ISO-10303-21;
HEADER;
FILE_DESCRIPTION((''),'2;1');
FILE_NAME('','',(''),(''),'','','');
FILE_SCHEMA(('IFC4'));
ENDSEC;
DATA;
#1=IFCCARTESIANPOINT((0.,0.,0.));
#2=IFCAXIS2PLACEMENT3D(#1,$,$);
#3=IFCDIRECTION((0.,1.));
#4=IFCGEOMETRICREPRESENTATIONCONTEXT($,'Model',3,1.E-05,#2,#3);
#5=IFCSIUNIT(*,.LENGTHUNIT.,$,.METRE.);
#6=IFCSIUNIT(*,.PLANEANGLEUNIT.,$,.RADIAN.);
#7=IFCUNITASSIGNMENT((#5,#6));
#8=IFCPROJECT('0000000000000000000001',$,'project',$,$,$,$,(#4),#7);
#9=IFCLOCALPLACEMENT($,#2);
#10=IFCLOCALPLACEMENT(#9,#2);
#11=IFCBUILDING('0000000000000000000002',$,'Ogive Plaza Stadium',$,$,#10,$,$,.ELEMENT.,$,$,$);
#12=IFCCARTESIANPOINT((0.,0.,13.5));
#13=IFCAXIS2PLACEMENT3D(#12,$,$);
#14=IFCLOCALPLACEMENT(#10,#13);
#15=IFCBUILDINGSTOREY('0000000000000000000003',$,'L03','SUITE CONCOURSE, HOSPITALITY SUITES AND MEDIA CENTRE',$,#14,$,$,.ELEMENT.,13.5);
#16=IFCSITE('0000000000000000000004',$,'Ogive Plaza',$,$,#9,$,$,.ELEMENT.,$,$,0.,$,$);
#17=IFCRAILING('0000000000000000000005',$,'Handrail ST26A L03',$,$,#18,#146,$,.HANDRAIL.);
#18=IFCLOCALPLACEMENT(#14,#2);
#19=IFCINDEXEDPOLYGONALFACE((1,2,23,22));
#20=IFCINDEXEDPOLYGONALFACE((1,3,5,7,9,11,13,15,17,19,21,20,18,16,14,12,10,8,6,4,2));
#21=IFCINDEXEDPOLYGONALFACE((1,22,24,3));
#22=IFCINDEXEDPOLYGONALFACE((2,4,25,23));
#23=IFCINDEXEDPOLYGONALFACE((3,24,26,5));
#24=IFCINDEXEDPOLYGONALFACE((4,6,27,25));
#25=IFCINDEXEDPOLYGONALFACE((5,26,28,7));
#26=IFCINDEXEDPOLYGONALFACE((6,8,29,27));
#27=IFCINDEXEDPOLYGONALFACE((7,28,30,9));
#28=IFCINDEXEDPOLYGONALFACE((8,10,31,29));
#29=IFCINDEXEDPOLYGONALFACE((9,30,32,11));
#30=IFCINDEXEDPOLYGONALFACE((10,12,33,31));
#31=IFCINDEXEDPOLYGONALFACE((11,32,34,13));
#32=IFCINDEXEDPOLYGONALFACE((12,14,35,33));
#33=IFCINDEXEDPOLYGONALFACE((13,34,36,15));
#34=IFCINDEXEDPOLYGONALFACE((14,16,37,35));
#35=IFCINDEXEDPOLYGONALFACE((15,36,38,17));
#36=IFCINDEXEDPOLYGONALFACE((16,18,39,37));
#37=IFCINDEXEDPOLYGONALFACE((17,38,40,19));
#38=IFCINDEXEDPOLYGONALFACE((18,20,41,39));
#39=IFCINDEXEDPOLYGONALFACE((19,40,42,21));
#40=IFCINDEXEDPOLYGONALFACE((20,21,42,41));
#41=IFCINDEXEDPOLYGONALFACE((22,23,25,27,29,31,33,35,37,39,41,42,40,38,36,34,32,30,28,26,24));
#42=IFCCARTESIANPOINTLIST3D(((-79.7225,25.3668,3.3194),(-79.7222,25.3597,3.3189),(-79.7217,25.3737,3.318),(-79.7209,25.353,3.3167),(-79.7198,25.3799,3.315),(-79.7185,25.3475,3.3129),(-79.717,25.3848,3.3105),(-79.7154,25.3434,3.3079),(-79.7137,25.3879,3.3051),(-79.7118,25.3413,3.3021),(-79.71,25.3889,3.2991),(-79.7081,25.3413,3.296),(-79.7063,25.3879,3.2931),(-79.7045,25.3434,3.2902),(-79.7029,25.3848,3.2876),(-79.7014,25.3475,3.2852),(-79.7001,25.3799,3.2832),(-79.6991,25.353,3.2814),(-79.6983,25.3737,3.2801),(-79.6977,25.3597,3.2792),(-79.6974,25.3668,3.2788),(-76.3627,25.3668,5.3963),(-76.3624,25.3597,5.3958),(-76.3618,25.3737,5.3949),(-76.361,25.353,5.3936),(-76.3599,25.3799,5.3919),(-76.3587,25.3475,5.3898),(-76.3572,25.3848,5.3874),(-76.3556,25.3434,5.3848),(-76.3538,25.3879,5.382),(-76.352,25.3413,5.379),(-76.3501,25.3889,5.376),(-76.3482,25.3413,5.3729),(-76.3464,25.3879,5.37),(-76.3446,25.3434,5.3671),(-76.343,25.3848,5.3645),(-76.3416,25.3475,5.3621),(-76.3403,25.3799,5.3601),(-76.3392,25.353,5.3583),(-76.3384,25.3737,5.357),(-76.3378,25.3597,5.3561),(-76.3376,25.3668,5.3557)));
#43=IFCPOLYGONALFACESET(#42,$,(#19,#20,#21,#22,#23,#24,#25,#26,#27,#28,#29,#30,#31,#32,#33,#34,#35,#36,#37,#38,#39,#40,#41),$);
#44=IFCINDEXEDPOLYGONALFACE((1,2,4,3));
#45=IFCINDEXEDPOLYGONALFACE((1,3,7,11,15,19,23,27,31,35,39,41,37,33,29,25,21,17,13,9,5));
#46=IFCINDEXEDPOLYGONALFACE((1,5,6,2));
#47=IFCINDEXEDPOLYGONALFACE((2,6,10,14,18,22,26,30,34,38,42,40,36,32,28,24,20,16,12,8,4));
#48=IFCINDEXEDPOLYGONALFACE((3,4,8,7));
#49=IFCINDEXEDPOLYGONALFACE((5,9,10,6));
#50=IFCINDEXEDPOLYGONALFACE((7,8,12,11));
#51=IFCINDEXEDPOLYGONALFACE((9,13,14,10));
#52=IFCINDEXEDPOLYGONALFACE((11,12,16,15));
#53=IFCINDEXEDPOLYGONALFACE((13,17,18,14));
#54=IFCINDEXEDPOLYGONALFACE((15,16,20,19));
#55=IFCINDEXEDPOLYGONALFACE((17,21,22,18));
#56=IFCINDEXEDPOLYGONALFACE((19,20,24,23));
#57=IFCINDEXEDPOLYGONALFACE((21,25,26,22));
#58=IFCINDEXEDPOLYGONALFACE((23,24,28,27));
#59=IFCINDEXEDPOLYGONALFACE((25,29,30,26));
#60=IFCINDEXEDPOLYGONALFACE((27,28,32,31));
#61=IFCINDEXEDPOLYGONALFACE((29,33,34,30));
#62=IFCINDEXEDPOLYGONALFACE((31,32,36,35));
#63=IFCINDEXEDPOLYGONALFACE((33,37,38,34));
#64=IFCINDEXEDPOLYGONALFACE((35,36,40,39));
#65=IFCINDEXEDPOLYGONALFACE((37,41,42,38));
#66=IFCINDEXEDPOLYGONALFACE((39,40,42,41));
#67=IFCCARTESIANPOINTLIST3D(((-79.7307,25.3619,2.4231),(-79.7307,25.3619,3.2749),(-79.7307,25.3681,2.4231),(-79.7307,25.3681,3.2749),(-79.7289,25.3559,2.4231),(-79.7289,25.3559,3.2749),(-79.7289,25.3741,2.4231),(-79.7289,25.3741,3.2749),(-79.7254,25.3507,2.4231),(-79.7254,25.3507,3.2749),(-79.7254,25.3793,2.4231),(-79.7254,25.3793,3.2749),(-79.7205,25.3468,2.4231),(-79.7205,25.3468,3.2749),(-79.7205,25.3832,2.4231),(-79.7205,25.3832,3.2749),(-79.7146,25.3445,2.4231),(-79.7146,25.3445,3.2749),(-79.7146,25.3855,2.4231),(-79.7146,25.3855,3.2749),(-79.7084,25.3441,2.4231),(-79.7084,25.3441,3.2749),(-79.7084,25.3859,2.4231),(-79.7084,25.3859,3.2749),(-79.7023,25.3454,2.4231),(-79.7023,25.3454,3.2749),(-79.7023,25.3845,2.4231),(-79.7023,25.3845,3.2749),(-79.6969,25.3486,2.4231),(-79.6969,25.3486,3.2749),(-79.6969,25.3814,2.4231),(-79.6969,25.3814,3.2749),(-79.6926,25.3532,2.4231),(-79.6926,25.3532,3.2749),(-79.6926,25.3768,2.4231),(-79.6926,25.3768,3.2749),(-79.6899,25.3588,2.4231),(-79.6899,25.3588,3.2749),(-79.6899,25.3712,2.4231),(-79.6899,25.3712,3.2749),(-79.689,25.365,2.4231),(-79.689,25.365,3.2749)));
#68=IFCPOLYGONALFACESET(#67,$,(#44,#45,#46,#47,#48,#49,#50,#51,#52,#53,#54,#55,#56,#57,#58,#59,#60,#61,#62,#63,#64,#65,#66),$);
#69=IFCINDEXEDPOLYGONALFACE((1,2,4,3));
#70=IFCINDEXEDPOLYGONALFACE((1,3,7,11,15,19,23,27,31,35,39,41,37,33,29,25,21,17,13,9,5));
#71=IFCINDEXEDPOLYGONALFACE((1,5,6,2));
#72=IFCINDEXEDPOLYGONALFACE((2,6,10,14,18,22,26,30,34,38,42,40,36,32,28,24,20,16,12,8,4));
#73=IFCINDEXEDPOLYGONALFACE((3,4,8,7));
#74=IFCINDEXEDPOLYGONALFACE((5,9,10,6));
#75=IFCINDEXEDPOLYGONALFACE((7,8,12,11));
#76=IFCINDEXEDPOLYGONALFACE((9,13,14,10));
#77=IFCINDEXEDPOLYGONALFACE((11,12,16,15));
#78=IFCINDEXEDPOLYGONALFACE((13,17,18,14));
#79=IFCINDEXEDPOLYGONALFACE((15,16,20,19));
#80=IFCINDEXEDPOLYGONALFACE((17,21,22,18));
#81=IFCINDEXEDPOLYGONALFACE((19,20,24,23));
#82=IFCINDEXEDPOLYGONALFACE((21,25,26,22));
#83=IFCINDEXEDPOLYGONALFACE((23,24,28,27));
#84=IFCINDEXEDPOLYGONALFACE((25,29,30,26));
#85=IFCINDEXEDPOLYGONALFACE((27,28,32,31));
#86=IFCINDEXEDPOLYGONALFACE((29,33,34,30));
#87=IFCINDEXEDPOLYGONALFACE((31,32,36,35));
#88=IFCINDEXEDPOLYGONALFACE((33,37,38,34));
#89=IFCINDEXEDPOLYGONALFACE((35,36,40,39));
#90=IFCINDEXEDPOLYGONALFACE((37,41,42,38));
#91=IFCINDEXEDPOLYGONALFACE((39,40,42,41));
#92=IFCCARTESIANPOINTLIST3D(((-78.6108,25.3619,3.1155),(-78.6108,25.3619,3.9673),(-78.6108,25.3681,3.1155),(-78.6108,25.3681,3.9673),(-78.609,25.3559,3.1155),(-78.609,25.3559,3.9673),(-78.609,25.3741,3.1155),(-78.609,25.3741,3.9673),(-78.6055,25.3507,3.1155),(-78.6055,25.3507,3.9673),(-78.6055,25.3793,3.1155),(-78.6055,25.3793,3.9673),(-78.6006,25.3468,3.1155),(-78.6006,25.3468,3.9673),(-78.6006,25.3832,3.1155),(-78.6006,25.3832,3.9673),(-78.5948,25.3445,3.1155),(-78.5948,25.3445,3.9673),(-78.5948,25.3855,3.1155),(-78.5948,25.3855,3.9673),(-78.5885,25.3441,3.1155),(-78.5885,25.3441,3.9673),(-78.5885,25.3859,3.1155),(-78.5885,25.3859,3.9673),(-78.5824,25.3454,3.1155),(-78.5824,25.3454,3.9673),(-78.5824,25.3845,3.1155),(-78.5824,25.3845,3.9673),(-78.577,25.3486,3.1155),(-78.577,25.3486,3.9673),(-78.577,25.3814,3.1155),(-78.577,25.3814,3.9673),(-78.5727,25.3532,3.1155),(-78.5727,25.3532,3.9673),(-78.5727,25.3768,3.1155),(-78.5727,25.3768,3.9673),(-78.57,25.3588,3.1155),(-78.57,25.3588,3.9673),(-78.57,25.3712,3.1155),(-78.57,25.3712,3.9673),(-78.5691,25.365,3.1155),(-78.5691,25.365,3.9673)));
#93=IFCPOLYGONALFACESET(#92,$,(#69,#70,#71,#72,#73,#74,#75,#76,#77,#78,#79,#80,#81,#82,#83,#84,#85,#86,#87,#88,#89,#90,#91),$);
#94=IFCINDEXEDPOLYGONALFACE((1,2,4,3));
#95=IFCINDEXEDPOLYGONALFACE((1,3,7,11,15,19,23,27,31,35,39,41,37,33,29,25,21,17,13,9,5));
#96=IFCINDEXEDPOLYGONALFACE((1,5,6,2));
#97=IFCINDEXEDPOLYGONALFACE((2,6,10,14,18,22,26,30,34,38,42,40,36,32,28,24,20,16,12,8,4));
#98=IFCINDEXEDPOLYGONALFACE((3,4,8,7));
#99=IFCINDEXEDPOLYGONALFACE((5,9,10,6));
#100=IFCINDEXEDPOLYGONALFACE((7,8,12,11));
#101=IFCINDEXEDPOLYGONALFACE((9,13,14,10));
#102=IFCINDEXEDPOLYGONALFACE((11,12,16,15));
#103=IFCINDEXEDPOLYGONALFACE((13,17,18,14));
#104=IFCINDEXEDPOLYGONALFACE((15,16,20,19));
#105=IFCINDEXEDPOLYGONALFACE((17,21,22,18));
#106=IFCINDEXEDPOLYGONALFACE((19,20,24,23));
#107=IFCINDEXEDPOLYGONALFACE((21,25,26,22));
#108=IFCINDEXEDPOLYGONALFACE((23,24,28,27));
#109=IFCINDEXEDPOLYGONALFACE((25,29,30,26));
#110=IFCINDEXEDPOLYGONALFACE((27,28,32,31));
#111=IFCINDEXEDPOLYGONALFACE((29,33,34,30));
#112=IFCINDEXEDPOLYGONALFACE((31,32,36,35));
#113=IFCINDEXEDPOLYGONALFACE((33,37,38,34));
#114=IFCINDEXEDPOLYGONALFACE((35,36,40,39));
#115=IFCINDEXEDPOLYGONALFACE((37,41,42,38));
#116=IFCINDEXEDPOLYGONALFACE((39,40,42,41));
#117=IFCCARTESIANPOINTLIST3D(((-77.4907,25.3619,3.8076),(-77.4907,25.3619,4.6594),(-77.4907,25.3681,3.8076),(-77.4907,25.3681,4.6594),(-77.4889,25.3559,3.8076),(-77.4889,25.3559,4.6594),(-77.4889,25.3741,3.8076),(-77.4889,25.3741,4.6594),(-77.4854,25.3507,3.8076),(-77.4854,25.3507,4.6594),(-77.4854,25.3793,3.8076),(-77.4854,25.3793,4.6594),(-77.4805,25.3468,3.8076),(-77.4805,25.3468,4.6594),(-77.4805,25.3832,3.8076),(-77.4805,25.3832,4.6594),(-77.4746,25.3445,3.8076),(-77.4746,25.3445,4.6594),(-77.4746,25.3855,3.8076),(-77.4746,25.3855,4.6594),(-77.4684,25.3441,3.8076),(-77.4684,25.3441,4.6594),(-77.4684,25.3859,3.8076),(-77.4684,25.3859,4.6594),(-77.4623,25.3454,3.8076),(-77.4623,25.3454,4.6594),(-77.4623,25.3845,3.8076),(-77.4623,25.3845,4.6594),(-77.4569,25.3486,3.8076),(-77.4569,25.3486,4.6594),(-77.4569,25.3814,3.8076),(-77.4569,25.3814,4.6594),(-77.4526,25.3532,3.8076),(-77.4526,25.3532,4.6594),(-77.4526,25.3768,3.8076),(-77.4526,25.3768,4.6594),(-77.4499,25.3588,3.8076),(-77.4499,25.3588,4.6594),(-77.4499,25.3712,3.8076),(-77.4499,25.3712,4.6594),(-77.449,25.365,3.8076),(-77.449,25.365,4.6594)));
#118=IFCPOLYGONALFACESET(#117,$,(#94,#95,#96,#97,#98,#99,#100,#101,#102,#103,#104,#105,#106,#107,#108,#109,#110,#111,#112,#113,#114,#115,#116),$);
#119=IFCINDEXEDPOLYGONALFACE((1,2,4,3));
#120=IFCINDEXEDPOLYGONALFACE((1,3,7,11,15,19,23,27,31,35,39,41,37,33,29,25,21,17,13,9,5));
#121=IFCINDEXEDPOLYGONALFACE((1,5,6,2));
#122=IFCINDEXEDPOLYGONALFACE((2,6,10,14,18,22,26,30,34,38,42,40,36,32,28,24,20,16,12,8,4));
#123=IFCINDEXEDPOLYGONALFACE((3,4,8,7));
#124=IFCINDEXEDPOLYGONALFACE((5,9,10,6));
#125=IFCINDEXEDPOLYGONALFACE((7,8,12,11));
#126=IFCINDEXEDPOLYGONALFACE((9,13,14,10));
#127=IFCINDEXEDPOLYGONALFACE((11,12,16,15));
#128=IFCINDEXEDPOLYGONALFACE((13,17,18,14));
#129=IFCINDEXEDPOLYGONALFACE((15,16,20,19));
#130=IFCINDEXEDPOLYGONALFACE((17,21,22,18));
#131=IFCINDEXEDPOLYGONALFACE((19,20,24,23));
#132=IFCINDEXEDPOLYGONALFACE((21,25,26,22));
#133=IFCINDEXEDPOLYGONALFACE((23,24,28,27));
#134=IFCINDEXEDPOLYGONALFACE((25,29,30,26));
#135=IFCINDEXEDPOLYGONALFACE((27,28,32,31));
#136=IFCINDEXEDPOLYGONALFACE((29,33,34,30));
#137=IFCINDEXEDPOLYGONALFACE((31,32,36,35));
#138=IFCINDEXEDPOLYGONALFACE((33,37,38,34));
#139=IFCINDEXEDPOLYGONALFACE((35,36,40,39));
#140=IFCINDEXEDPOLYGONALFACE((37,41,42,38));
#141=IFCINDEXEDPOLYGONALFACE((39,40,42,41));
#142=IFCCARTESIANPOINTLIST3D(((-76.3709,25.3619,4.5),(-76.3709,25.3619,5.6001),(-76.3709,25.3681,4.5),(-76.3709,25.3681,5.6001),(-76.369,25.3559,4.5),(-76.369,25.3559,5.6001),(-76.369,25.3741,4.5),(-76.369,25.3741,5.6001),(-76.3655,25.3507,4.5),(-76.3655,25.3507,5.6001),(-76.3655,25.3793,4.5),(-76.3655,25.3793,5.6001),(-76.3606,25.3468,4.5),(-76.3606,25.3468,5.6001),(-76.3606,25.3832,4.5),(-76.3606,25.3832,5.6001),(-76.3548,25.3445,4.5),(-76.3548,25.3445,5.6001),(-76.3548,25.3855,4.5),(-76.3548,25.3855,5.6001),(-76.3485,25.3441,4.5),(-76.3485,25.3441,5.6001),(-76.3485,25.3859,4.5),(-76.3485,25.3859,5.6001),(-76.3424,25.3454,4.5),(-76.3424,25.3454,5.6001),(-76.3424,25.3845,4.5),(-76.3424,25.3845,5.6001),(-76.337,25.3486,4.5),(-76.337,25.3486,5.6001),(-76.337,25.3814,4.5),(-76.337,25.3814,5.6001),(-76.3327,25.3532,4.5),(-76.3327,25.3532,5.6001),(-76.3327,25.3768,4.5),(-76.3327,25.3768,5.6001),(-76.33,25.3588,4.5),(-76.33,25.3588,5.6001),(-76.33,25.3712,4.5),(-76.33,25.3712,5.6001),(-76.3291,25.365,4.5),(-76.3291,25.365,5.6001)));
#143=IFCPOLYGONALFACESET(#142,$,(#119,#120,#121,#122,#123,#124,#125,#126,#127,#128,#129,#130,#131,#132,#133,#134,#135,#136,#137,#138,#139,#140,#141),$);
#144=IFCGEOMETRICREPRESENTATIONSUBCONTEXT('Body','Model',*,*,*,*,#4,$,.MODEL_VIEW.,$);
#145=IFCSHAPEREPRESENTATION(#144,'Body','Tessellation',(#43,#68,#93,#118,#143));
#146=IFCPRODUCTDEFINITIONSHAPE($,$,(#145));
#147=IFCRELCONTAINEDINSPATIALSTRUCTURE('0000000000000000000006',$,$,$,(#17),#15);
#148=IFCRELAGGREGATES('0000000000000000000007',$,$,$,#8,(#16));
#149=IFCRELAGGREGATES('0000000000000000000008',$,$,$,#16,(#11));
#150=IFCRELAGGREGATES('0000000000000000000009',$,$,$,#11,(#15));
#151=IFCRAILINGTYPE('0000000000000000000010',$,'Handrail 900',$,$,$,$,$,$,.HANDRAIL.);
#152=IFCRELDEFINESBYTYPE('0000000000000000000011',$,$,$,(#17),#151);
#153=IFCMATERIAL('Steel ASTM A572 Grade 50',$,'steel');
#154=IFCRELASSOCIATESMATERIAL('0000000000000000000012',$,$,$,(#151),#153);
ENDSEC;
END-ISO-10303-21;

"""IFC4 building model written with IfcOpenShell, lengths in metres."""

from ifc_helpers import new_model, si_unit, direction, frame, origin, origin_2d, place, context, subcontext, project, spatial, circle, extrude, material, type_object, element, save


model = new_model("IFC4")

# Units and contexts
model_context = context("Model", 3, precision=1e-05, world=origin(), true_north=direction((0.0, 1.0)))
body_context = subcontext(model_context, "Body", "Model", "MODEL_VIEW")
ifc_project = project(units=[si_unit("LENGTHUNIT", "METRE"), si_unit("PLANEANGLEUNIT", "RADIAN")], contexts=[model_context])

# Site, building, storey
site_placement = place(None, origin())
site = spatial("IfcSite", under=ifc_project, at=site_placement, Name="Ogive Plaza", CompositionType="ELEMENT", RefElevation=0.0)
building_placement = place(site_placement, origin())
building = spatial("IfcBuilding", under=site, at=building_placement, Name="Ogive Plaza Stadium", CompositionType="ELEMENT")
storey_placement = place(building_placement, frame((0.0, 0.0, 13.5)))
storey = spatial("IfcBuildingStorey", under=building, at=storey_placement, Name="L03", Description="SUITE CONCOURSE, HOSPITALITY SUITES AND MEDIA CENTRE", CompositionType="ELEMENT", Elevation=13.5)

# Railing
ifc_material_1 = material(Name="Steel ASTM A572 Grade 50", Category="steel")
railing_type_1 = type_object("IfcRailingType", Name="Handrail 900", PredefinedType="HANDRAIL", material=ifc_material_1)
for number, where, name in (
    (1, (-79.71, 25.365, 2.4231), "Handrail ST26A L03"),
):
    element("IfcRailing", number, at=place(storey_placement, frame(where)), inside=storey, type_object=railing_type_1, Name=name, PredefinedType="HANDRAIL", context=body_context, shape_type="SweptSolid", body=[
        extrude(circle(Radius=0.0239, at=origin_2d()), frame((0.0, 0.0, 0.876), z_axis=(0.850606, 0.0, 0.525803), x_axis=(0.0, 1.0, 0.0)), (0.0, 0.0, 1.0), 3.95),
        extrude(circle(Radius=0.021, at=origin_2d()), origin(), (0.0, 0.0, 1.0), 0.8518),
        extrude(circle(Radius=0.021, at=origin_2d()), frame((1.1199, 0.0, 0.6924)), (0.0, 0.0, 1.0), 0.8518),
        extrude(circle(Radius=0.021, at=origin_2d()), frame((2.24, 0.0, 1.3845)), (0.0, 0.0, 1.0), 0.8518),
        extrude(circle(Radius=0.021, at=origin_2d()), frame((3.3599, 0.0, 2.0769)), (0.0, 0.0, 1.0), 1.1001),
    ])

save(model, "model.ifc")
